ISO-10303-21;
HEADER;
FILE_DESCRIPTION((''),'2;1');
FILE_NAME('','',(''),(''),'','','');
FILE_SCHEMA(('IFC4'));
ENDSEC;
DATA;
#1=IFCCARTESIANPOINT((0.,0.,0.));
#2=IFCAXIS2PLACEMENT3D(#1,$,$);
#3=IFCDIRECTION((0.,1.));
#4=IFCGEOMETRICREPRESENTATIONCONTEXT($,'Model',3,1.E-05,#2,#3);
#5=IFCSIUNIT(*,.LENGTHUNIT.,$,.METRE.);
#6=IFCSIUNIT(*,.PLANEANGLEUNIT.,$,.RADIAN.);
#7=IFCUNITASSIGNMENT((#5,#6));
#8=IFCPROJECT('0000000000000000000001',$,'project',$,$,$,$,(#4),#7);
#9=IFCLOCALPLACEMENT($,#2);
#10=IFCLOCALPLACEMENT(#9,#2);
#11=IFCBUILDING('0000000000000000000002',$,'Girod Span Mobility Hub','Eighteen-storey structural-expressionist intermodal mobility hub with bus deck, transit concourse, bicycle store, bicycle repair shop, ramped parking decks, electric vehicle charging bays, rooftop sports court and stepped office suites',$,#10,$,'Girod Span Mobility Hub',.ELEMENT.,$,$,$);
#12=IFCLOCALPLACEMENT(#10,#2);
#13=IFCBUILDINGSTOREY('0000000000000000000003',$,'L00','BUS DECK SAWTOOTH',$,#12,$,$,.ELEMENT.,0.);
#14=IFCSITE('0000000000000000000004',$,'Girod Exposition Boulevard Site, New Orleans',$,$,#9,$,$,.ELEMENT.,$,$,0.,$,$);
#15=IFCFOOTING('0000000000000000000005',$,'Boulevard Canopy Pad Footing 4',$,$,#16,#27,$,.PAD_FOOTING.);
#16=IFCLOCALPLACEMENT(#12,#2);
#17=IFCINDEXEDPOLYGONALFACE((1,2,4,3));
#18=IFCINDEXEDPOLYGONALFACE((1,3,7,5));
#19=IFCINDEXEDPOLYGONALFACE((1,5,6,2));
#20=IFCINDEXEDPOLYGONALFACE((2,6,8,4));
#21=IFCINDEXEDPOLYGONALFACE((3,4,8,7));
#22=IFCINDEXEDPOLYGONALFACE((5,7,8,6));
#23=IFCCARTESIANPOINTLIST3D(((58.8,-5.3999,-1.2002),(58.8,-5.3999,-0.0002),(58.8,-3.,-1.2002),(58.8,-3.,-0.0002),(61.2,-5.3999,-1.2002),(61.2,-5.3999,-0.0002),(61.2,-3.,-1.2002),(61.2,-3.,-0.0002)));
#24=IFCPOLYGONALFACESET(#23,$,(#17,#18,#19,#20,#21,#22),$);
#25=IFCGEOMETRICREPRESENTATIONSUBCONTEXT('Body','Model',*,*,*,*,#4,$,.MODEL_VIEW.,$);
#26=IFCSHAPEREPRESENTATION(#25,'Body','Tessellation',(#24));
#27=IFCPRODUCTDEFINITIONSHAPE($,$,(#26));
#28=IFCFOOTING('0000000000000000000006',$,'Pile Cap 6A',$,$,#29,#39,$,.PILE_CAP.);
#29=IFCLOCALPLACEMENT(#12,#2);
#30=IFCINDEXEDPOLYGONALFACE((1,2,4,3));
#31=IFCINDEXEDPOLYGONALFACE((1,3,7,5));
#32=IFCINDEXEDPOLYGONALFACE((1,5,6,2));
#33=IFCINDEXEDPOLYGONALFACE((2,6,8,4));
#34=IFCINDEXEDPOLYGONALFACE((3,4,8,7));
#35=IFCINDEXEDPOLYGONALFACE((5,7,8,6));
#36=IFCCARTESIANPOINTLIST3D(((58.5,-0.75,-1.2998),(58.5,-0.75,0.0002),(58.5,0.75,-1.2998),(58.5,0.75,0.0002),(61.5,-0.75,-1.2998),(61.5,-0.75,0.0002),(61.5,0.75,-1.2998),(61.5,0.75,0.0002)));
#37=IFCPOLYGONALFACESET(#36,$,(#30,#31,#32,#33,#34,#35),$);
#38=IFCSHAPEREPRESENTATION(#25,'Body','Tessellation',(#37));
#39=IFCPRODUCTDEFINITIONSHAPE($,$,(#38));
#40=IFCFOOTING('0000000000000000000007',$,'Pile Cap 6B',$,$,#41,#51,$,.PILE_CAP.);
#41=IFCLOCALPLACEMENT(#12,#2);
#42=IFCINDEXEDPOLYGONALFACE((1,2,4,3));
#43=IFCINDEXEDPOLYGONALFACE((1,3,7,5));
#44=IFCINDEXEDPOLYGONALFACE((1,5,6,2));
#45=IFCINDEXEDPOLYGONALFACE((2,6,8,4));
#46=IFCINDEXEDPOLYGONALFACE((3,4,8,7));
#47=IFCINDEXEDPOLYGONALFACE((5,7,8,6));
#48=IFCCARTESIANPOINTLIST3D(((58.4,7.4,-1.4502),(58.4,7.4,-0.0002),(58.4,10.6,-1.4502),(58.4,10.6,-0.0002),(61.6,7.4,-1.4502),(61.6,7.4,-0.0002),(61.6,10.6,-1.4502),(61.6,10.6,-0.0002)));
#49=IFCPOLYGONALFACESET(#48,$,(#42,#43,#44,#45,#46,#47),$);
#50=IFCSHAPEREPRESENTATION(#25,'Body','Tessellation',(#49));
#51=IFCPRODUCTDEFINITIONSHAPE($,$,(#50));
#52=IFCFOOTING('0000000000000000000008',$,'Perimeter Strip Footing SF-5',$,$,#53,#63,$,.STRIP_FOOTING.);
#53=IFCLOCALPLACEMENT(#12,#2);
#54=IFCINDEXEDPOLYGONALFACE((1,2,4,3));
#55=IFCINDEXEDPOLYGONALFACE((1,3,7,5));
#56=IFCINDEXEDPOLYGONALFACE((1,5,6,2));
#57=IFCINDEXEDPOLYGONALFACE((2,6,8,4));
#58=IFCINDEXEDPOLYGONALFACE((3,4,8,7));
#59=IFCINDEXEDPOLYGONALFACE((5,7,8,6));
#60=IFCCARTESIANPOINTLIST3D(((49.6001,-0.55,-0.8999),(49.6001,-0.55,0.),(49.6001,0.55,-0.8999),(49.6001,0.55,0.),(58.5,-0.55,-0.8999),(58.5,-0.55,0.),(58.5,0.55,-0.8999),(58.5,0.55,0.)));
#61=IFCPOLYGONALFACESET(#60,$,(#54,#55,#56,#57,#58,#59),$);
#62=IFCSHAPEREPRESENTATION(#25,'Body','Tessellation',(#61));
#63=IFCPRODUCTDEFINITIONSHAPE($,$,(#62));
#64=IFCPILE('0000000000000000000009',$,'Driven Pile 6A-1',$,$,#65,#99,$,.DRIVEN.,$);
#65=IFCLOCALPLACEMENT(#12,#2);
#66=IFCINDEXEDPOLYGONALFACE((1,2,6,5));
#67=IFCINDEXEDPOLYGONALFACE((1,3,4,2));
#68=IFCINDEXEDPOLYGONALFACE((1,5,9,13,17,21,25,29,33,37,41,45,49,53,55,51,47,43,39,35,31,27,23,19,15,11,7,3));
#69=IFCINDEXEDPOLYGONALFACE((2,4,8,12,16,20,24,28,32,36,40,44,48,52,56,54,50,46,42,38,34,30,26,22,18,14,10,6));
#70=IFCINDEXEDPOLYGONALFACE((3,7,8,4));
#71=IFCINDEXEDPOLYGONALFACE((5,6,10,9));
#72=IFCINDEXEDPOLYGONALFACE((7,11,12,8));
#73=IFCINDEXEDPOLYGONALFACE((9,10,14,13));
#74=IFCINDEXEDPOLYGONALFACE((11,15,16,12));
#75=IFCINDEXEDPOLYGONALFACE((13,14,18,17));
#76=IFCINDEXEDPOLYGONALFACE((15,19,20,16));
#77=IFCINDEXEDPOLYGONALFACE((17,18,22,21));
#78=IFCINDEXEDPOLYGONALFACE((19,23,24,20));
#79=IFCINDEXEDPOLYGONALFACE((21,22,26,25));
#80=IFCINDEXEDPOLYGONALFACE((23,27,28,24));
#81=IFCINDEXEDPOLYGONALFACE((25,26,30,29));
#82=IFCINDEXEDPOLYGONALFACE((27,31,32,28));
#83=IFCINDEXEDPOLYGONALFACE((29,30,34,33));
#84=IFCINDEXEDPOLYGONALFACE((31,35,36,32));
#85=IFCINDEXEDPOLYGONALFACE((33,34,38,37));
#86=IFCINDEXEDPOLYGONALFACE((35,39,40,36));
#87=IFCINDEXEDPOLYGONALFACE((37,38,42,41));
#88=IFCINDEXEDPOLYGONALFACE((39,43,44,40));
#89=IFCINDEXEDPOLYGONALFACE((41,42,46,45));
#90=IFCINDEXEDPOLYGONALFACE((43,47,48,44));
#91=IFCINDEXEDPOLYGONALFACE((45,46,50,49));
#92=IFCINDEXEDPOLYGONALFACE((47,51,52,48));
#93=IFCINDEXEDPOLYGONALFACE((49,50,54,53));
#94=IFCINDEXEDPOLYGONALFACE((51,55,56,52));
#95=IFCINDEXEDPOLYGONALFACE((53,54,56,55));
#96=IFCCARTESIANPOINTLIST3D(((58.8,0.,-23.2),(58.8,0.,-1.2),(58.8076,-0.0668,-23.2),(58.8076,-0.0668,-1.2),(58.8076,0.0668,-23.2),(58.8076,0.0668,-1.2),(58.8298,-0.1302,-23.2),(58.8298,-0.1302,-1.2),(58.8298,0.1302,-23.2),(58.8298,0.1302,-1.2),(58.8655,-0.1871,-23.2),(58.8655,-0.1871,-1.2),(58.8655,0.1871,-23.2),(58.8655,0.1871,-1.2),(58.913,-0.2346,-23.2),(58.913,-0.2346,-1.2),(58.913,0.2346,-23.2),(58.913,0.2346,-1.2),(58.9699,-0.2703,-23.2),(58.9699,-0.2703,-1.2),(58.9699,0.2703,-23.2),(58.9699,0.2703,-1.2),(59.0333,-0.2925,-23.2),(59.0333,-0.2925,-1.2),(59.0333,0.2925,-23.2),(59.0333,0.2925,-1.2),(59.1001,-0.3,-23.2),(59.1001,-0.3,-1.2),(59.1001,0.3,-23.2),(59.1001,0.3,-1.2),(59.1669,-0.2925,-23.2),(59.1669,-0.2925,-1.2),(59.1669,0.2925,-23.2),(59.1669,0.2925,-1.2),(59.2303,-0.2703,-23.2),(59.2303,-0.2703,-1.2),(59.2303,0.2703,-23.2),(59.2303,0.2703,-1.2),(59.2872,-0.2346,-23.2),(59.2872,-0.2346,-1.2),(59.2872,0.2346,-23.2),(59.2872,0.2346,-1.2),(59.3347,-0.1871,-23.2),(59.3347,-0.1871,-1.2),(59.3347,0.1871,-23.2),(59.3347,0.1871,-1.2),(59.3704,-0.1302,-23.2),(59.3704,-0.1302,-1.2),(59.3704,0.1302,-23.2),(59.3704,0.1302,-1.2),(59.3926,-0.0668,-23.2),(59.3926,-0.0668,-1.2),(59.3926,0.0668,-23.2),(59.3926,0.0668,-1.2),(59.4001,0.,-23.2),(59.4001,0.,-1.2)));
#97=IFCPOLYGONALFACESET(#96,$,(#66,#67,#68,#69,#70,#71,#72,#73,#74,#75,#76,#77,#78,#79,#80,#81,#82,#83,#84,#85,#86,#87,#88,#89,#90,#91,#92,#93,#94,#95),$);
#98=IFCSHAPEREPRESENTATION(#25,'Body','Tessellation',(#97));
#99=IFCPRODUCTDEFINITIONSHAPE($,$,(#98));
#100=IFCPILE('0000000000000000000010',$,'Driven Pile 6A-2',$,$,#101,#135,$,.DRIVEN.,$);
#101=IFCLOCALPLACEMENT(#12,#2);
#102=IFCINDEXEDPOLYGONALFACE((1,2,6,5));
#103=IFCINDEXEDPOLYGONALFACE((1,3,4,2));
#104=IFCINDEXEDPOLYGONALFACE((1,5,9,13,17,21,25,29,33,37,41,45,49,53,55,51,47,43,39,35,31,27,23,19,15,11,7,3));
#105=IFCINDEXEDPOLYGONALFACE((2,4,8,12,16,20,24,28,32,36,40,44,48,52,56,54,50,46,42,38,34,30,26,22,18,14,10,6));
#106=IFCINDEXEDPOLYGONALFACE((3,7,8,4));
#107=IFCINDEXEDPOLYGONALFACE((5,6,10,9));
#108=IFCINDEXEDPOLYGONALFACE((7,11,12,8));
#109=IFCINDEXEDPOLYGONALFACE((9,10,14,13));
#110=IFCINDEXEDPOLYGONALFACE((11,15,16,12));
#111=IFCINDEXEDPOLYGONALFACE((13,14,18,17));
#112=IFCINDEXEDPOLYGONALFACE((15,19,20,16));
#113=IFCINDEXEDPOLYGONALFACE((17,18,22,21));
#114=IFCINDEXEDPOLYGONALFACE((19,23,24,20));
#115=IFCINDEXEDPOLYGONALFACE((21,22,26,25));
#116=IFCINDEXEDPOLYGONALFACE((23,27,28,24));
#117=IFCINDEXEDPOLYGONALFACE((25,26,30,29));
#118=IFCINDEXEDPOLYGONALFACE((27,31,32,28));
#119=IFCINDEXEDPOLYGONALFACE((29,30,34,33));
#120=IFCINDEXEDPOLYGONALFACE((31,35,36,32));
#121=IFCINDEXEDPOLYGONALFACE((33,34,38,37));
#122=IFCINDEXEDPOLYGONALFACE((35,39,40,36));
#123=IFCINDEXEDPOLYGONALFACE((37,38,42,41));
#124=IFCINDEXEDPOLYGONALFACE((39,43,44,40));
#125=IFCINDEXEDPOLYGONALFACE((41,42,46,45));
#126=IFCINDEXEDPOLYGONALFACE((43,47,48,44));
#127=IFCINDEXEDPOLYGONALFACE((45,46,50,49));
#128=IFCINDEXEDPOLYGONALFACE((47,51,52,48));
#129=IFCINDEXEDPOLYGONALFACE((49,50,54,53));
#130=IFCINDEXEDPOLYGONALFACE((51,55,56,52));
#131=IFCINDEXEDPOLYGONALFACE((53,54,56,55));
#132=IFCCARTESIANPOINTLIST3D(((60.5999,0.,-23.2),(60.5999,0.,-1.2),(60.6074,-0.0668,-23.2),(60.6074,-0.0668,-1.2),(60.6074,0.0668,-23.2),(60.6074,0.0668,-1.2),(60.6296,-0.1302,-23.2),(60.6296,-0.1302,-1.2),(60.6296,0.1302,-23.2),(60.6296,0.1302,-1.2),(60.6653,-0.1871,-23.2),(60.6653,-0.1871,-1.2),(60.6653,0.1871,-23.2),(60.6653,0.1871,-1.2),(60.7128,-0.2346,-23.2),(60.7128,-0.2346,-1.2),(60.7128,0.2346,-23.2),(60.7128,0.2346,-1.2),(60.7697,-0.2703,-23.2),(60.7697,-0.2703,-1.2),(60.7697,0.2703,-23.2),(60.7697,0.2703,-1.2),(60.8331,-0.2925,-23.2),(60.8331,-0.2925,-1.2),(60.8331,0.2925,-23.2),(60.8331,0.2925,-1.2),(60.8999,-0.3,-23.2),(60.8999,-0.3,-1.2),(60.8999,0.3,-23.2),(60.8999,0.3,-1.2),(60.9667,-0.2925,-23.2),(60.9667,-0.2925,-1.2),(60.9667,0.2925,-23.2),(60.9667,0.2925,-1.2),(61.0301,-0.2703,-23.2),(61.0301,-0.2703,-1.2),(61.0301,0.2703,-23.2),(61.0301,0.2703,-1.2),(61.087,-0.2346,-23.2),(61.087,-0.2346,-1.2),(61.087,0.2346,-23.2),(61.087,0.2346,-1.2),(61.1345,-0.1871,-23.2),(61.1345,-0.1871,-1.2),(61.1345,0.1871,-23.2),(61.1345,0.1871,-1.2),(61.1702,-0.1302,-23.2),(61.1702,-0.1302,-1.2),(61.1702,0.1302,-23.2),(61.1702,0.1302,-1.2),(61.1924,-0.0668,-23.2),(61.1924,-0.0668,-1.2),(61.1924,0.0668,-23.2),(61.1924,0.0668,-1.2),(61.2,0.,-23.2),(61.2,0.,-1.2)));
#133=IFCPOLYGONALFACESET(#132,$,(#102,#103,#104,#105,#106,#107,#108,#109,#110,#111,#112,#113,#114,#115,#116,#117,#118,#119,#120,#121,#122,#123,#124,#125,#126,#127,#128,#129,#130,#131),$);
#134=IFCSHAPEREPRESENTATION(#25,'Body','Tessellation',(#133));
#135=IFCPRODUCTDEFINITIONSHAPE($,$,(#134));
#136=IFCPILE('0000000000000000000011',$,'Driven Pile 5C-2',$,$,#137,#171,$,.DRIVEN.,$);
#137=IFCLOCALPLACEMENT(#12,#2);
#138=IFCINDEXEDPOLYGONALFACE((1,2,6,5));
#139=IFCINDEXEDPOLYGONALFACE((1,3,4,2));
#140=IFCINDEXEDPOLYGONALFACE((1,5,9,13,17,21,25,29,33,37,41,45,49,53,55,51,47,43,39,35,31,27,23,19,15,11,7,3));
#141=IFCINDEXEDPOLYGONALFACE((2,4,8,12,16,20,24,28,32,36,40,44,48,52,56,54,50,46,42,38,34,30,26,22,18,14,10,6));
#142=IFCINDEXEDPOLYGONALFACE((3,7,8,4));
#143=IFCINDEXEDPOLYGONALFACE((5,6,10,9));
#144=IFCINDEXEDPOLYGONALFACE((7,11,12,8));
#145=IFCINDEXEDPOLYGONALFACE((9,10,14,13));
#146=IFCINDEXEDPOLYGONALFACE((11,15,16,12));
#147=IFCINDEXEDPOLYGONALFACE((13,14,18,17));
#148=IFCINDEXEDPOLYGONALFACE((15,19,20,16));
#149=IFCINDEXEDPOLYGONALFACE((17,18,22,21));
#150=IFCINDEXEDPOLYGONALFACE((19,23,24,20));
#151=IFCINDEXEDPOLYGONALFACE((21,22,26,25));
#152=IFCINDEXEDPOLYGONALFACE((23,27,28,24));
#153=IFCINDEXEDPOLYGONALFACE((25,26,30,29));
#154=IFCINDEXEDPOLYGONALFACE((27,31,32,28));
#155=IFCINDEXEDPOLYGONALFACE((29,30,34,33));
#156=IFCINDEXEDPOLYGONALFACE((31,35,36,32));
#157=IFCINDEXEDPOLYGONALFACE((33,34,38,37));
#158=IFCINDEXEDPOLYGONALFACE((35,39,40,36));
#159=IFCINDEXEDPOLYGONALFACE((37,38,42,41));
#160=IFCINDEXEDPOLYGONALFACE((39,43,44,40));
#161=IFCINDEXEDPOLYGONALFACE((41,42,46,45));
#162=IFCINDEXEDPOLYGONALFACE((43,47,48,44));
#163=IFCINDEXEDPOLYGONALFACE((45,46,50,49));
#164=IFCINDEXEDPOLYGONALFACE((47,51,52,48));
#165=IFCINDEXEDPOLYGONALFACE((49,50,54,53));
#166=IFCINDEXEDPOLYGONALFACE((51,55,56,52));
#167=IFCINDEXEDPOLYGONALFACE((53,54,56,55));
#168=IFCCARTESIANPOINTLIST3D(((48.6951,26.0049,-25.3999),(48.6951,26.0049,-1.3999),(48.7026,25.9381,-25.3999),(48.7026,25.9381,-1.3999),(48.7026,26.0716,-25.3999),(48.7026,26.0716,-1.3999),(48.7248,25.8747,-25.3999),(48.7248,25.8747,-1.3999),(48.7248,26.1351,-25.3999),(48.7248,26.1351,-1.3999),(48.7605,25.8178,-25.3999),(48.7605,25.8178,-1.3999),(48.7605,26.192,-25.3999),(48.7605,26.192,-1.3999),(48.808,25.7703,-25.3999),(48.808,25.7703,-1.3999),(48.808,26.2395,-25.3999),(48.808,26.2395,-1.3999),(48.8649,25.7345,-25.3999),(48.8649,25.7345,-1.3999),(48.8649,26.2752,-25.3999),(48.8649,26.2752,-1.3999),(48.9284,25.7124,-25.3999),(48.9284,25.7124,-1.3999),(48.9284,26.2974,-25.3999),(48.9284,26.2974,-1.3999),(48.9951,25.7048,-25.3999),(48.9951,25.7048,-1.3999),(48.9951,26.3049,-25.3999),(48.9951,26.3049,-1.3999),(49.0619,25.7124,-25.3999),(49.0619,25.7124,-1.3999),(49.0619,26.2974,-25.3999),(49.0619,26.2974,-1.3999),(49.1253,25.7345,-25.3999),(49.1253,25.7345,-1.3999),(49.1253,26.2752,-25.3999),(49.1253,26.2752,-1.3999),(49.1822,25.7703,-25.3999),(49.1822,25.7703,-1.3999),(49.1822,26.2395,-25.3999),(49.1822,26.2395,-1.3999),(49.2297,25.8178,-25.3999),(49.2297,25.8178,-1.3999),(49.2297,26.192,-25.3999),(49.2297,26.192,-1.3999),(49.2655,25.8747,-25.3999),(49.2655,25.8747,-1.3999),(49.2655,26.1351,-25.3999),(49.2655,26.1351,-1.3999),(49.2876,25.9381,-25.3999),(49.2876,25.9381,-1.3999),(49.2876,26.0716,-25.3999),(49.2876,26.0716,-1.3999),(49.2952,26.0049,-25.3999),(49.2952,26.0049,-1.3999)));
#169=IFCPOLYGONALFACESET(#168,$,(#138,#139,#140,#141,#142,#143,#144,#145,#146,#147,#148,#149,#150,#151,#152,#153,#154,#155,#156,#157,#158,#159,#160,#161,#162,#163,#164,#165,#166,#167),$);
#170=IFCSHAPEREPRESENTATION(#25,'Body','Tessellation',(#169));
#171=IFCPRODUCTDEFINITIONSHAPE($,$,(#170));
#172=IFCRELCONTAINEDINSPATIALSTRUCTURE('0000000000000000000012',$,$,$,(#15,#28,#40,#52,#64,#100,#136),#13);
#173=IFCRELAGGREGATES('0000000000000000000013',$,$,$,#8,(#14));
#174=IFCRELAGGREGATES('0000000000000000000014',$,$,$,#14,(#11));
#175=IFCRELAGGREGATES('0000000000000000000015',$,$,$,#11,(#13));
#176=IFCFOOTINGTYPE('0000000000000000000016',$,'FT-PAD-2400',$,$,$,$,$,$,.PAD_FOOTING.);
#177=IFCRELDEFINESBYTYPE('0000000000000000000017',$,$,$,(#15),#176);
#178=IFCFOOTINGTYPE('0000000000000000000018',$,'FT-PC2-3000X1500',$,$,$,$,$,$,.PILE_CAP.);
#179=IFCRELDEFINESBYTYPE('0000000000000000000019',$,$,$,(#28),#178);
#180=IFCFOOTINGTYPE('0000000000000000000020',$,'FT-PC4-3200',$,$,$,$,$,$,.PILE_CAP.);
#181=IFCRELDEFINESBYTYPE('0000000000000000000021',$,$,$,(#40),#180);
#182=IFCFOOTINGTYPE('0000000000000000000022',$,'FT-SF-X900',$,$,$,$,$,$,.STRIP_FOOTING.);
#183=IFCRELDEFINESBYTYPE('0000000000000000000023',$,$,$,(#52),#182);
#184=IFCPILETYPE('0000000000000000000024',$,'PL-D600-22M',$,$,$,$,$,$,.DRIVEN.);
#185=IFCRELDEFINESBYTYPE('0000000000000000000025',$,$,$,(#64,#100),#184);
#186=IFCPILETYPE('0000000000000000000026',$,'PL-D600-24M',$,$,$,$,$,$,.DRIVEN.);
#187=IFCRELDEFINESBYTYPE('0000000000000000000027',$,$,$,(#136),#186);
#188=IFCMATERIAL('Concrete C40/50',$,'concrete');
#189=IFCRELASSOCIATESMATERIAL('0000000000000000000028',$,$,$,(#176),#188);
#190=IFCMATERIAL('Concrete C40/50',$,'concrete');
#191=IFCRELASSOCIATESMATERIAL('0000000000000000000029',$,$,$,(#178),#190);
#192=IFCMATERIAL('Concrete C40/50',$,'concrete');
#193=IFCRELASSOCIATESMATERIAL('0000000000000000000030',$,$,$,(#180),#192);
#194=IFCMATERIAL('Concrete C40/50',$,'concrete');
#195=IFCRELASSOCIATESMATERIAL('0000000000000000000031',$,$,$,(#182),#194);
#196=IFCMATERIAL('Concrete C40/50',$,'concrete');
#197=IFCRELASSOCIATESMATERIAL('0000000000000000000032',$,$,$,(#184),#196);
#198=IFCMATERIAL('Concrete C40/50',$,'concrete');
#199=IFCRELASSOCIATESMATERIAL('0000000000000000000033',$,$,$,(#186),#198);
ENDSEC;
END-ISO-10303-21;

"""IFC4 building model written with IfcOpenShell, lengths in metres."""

from ifc_helpers import new_model, si_unit, direction, frame, origin, origin_2d, place, context, subcontext, project, spatial, rectangle, circle, extrude, material, material_profile, profile_set, type_object, element, save


model = new_model("IFC4")

# Units and contexts
model_context = context("Model", 3, precision=1e-05, world=origin(), true_north=direction((0.0, 1.0)))
body_context = subcontext(model_context, "Body", "Model", "MODEL_VIEW")
ifc_project = project(units=[si_unit("LENGTHUNIT", "METRE"), si_unit("PLANEANGLEUNIT", "RADIAN")], contexts=[model_context])

# Site, building, storey
site_placement = place(None, origin())
site = spatial("IfcSite", under=ifc_project, at=site_placement, Name="Girod Exposition Boulevard Site, New Orleans", CompositionType="ELEMENT", RefElevation=0.0)
building_placement = place(site_placement, origin())
building = spatial("IfcBuilding", under=site, at=building_placement, Name="Girod Span Mobility Hub", Description="Eighteen-storey structural-expressionist intermodal mobility hub with bus deck, transit concourse, bicycle store, bicycle repair shop, ramped parking decks, electric vehicle charging bays, rooftop sports court and stepped office suites", LongName="Girod Span Mobility Hub", CompositionType="ELEMENT")
storey_placement = place(building_placement, origin())
storey = spatial("IfcBuildingStorey", under=building, at=storey_placement, Name="L00", Description="BUS DECK SAWTOOTH", CompositionType="ELEMENT", Elevation=0.0)

# Footings
ifc_material_1 = material(Name="Concrete C40/50", Category="concrete")
footing_type_1 = type_object("IfcFootingType", Name="FT-PAD-2400", PredefinedType="PAD_FOOTING", material=ifc_material_1)
footing_1_placement = place(storey_placement, frame((60.0, -4.2, -1.2002), z_axis=(0.0, 0.0, 1.0), x_axis=(1.0, 0.0, 0.0)))
element("IfcFooting", 1, at=footing_1_placement, inside=storey, type_object=footing_type_1, Name="Boulevard Canopy Pad Footing 4", PredefinedType="PAD_FOOTING", context=body_context, shape_type="SweptSolid", body=[
    extrude(rectangle(XDim=2.3999, YDim=2.3999, at=origin_2d()), origin(), (0.0, 0.0, 1.0), 1.2),
])
ifc_material_2 = material(Name="Concrete C40/50", Category="concrete")
footing_type_2 = type_object("IfcFootingType", Name="FT-PC2-3000X1500", PredefinedType="PILE_CAP", material=ifc_material_2)
footing_2_placement = place(storey_placement, frame((60.0, 0.0, -1.2998), z_axis=(0.0, 0.0, 1.0), x_axis=(1.0, 0.0, 0.0)))
element("IfcFooting", 2, at=footing_2_placement, inside=storey, type_object=footing_type_2, Name="Pile Cap 6A", PredefinedType="PILE_CAP", context=body_context, shape_type="SweptSolid", body=[
    extrude(rectangle(XDim=3.0, YDim=1.5, at=origin_2d()), origin(), (0.0, 0.0, 1.0), 1.3),
])
ifc_material_3 = material(Name="Concrete C40/50", Category="concrete")
footing_type_3 = type_object("IfcFootingType", Name="FT-PC4-3200", PredefinedType="PILE_CAP", material=ifc_material_3)
footing_3_placement = place(storey_placement, frame((60.0, 9.0, -1.4502), z_axis=(0.0, 0.0, 1.0), x_axis=(1.0, 0.0, 0.0)))
element("IfcFooting", 3, at=footing_3_placement, inside=storey, type_object=footing_type_3, Name="Pile Cap 6B", PredefinedType="PILE_CAP", context=body_context, shape_type="SweptSolid", body=[
    extrude(rectangle(XDim=3.2, YDim=3.2, at=origin_2d()), origin(), (0.0, 0.0, 1.0), 1.45),
])
ifc_material_4 = material(Name="Concrete C40/50", Category="concrete")
footing_type_4 = type_object("IfcFootingType", Name="FT-SF-X900", PredefinedType="STRIP_FOOTING", material=ifc_material_4)
footing_4_placement = place(storey_placement, frame((54.05, 0.0, -0.8999), z_axis=(0.0, 0.0, 1.0), x_axis=(1.0, 0.0, 0.0)))
element("IfcFooting", 4, at=footing_4_placement, inside=storey, type_object=footing_type_4, Name="Perimeter Strip Footing SF-5", PredefinedType="STRIP_FOOTING", context=body_context, shape_type="SweptSolid", body=[
    extrude(rectangle(XDim=8.8999, YDim=1.1001, at=origin_2d()), origin(), (0.0, 0.0, 1.0), 0.8999),
])

# Piles
ifc_material_5 = material(Name="Concrete C40/50", Category="concrete")
ifc_material_profile_1 = material_profile(ifc_material_5, circle(Radius=0.3, at=origin_2d()), Name="PILE-D600")
ifc_profile_set_1 = profile_set([ifc_material_profile_1], Name="Concrete C40/50")
pile_type_1 = type_object("IfcPileType", Name="PL-D600-22M", PredefinedType="DRIVEN", material=ifc_profile_set_1)
for number, where, z_axis, x_axis, name in (
    (5, (59.1001, 0.0, -1.2), (0.0, 0.0, -1.0), (1.0, 0.0, 0.0), "Driven Pile 6A-1"),
    (6, (60.8999, 0.0, -1.2), (0.0, 0.0, -1.0), (1.0, 0.0, 0.0), "Driven Pile 6A-2"),
):
    element("IfcPile", number, at=place(storey_placement, frame(where, z_axis=z_axis, x_axis=x_axis)), inside=storey, type_object=pile_type_1, Name=name, PredefinedType="DRIVEN", context=body_context, shape_type="SweptSolid", body=[
        extrude(circle(Radius=0.3, at=origin_2d()), origin(), (0.0, 0.0, 1.0), 22.0),
    ])
ifc_material_6 = material(Name="Concrete C40/50", Category="concrete")
ifc_material_profile_2 = material_profile(ifc_material_6, circle(Radius=0.3, at=origin_2d()), Name="PILE-D600")
ifc_profile_set_2 = profile_set([ifc_material_profile_2], Name="Concrete C40/50")
pile_type_2 = type_object("IfcPileType", Name="PL-D600-24M", PredefinedType="DRIVEN", material=ifc_profile_set_2)
for number, where, z_axis, x_axis, name in (
    (7, (48.9951, 26.0049, -1.3999), (0.0, 0.0, -1.0), (1.0, 0.0, 0.0), "Driven Pile 5C-2"),
):
    element("IfcPile", number, at=place(storey_placement, frame(where, z_axis=z_axis, x_axis=x_axis)), inside=storey, type_object=pile_type_2, Name=name, PredefinedType="DRIVEN", context=body_context, shape_type="SweptSolid", body=[
        extrude(circle(Radius=0.3, at=origin_2d()), origin(), (0.0, 0.0, 1.0), 24.0),
    ])

save(model, "model.ifc")
